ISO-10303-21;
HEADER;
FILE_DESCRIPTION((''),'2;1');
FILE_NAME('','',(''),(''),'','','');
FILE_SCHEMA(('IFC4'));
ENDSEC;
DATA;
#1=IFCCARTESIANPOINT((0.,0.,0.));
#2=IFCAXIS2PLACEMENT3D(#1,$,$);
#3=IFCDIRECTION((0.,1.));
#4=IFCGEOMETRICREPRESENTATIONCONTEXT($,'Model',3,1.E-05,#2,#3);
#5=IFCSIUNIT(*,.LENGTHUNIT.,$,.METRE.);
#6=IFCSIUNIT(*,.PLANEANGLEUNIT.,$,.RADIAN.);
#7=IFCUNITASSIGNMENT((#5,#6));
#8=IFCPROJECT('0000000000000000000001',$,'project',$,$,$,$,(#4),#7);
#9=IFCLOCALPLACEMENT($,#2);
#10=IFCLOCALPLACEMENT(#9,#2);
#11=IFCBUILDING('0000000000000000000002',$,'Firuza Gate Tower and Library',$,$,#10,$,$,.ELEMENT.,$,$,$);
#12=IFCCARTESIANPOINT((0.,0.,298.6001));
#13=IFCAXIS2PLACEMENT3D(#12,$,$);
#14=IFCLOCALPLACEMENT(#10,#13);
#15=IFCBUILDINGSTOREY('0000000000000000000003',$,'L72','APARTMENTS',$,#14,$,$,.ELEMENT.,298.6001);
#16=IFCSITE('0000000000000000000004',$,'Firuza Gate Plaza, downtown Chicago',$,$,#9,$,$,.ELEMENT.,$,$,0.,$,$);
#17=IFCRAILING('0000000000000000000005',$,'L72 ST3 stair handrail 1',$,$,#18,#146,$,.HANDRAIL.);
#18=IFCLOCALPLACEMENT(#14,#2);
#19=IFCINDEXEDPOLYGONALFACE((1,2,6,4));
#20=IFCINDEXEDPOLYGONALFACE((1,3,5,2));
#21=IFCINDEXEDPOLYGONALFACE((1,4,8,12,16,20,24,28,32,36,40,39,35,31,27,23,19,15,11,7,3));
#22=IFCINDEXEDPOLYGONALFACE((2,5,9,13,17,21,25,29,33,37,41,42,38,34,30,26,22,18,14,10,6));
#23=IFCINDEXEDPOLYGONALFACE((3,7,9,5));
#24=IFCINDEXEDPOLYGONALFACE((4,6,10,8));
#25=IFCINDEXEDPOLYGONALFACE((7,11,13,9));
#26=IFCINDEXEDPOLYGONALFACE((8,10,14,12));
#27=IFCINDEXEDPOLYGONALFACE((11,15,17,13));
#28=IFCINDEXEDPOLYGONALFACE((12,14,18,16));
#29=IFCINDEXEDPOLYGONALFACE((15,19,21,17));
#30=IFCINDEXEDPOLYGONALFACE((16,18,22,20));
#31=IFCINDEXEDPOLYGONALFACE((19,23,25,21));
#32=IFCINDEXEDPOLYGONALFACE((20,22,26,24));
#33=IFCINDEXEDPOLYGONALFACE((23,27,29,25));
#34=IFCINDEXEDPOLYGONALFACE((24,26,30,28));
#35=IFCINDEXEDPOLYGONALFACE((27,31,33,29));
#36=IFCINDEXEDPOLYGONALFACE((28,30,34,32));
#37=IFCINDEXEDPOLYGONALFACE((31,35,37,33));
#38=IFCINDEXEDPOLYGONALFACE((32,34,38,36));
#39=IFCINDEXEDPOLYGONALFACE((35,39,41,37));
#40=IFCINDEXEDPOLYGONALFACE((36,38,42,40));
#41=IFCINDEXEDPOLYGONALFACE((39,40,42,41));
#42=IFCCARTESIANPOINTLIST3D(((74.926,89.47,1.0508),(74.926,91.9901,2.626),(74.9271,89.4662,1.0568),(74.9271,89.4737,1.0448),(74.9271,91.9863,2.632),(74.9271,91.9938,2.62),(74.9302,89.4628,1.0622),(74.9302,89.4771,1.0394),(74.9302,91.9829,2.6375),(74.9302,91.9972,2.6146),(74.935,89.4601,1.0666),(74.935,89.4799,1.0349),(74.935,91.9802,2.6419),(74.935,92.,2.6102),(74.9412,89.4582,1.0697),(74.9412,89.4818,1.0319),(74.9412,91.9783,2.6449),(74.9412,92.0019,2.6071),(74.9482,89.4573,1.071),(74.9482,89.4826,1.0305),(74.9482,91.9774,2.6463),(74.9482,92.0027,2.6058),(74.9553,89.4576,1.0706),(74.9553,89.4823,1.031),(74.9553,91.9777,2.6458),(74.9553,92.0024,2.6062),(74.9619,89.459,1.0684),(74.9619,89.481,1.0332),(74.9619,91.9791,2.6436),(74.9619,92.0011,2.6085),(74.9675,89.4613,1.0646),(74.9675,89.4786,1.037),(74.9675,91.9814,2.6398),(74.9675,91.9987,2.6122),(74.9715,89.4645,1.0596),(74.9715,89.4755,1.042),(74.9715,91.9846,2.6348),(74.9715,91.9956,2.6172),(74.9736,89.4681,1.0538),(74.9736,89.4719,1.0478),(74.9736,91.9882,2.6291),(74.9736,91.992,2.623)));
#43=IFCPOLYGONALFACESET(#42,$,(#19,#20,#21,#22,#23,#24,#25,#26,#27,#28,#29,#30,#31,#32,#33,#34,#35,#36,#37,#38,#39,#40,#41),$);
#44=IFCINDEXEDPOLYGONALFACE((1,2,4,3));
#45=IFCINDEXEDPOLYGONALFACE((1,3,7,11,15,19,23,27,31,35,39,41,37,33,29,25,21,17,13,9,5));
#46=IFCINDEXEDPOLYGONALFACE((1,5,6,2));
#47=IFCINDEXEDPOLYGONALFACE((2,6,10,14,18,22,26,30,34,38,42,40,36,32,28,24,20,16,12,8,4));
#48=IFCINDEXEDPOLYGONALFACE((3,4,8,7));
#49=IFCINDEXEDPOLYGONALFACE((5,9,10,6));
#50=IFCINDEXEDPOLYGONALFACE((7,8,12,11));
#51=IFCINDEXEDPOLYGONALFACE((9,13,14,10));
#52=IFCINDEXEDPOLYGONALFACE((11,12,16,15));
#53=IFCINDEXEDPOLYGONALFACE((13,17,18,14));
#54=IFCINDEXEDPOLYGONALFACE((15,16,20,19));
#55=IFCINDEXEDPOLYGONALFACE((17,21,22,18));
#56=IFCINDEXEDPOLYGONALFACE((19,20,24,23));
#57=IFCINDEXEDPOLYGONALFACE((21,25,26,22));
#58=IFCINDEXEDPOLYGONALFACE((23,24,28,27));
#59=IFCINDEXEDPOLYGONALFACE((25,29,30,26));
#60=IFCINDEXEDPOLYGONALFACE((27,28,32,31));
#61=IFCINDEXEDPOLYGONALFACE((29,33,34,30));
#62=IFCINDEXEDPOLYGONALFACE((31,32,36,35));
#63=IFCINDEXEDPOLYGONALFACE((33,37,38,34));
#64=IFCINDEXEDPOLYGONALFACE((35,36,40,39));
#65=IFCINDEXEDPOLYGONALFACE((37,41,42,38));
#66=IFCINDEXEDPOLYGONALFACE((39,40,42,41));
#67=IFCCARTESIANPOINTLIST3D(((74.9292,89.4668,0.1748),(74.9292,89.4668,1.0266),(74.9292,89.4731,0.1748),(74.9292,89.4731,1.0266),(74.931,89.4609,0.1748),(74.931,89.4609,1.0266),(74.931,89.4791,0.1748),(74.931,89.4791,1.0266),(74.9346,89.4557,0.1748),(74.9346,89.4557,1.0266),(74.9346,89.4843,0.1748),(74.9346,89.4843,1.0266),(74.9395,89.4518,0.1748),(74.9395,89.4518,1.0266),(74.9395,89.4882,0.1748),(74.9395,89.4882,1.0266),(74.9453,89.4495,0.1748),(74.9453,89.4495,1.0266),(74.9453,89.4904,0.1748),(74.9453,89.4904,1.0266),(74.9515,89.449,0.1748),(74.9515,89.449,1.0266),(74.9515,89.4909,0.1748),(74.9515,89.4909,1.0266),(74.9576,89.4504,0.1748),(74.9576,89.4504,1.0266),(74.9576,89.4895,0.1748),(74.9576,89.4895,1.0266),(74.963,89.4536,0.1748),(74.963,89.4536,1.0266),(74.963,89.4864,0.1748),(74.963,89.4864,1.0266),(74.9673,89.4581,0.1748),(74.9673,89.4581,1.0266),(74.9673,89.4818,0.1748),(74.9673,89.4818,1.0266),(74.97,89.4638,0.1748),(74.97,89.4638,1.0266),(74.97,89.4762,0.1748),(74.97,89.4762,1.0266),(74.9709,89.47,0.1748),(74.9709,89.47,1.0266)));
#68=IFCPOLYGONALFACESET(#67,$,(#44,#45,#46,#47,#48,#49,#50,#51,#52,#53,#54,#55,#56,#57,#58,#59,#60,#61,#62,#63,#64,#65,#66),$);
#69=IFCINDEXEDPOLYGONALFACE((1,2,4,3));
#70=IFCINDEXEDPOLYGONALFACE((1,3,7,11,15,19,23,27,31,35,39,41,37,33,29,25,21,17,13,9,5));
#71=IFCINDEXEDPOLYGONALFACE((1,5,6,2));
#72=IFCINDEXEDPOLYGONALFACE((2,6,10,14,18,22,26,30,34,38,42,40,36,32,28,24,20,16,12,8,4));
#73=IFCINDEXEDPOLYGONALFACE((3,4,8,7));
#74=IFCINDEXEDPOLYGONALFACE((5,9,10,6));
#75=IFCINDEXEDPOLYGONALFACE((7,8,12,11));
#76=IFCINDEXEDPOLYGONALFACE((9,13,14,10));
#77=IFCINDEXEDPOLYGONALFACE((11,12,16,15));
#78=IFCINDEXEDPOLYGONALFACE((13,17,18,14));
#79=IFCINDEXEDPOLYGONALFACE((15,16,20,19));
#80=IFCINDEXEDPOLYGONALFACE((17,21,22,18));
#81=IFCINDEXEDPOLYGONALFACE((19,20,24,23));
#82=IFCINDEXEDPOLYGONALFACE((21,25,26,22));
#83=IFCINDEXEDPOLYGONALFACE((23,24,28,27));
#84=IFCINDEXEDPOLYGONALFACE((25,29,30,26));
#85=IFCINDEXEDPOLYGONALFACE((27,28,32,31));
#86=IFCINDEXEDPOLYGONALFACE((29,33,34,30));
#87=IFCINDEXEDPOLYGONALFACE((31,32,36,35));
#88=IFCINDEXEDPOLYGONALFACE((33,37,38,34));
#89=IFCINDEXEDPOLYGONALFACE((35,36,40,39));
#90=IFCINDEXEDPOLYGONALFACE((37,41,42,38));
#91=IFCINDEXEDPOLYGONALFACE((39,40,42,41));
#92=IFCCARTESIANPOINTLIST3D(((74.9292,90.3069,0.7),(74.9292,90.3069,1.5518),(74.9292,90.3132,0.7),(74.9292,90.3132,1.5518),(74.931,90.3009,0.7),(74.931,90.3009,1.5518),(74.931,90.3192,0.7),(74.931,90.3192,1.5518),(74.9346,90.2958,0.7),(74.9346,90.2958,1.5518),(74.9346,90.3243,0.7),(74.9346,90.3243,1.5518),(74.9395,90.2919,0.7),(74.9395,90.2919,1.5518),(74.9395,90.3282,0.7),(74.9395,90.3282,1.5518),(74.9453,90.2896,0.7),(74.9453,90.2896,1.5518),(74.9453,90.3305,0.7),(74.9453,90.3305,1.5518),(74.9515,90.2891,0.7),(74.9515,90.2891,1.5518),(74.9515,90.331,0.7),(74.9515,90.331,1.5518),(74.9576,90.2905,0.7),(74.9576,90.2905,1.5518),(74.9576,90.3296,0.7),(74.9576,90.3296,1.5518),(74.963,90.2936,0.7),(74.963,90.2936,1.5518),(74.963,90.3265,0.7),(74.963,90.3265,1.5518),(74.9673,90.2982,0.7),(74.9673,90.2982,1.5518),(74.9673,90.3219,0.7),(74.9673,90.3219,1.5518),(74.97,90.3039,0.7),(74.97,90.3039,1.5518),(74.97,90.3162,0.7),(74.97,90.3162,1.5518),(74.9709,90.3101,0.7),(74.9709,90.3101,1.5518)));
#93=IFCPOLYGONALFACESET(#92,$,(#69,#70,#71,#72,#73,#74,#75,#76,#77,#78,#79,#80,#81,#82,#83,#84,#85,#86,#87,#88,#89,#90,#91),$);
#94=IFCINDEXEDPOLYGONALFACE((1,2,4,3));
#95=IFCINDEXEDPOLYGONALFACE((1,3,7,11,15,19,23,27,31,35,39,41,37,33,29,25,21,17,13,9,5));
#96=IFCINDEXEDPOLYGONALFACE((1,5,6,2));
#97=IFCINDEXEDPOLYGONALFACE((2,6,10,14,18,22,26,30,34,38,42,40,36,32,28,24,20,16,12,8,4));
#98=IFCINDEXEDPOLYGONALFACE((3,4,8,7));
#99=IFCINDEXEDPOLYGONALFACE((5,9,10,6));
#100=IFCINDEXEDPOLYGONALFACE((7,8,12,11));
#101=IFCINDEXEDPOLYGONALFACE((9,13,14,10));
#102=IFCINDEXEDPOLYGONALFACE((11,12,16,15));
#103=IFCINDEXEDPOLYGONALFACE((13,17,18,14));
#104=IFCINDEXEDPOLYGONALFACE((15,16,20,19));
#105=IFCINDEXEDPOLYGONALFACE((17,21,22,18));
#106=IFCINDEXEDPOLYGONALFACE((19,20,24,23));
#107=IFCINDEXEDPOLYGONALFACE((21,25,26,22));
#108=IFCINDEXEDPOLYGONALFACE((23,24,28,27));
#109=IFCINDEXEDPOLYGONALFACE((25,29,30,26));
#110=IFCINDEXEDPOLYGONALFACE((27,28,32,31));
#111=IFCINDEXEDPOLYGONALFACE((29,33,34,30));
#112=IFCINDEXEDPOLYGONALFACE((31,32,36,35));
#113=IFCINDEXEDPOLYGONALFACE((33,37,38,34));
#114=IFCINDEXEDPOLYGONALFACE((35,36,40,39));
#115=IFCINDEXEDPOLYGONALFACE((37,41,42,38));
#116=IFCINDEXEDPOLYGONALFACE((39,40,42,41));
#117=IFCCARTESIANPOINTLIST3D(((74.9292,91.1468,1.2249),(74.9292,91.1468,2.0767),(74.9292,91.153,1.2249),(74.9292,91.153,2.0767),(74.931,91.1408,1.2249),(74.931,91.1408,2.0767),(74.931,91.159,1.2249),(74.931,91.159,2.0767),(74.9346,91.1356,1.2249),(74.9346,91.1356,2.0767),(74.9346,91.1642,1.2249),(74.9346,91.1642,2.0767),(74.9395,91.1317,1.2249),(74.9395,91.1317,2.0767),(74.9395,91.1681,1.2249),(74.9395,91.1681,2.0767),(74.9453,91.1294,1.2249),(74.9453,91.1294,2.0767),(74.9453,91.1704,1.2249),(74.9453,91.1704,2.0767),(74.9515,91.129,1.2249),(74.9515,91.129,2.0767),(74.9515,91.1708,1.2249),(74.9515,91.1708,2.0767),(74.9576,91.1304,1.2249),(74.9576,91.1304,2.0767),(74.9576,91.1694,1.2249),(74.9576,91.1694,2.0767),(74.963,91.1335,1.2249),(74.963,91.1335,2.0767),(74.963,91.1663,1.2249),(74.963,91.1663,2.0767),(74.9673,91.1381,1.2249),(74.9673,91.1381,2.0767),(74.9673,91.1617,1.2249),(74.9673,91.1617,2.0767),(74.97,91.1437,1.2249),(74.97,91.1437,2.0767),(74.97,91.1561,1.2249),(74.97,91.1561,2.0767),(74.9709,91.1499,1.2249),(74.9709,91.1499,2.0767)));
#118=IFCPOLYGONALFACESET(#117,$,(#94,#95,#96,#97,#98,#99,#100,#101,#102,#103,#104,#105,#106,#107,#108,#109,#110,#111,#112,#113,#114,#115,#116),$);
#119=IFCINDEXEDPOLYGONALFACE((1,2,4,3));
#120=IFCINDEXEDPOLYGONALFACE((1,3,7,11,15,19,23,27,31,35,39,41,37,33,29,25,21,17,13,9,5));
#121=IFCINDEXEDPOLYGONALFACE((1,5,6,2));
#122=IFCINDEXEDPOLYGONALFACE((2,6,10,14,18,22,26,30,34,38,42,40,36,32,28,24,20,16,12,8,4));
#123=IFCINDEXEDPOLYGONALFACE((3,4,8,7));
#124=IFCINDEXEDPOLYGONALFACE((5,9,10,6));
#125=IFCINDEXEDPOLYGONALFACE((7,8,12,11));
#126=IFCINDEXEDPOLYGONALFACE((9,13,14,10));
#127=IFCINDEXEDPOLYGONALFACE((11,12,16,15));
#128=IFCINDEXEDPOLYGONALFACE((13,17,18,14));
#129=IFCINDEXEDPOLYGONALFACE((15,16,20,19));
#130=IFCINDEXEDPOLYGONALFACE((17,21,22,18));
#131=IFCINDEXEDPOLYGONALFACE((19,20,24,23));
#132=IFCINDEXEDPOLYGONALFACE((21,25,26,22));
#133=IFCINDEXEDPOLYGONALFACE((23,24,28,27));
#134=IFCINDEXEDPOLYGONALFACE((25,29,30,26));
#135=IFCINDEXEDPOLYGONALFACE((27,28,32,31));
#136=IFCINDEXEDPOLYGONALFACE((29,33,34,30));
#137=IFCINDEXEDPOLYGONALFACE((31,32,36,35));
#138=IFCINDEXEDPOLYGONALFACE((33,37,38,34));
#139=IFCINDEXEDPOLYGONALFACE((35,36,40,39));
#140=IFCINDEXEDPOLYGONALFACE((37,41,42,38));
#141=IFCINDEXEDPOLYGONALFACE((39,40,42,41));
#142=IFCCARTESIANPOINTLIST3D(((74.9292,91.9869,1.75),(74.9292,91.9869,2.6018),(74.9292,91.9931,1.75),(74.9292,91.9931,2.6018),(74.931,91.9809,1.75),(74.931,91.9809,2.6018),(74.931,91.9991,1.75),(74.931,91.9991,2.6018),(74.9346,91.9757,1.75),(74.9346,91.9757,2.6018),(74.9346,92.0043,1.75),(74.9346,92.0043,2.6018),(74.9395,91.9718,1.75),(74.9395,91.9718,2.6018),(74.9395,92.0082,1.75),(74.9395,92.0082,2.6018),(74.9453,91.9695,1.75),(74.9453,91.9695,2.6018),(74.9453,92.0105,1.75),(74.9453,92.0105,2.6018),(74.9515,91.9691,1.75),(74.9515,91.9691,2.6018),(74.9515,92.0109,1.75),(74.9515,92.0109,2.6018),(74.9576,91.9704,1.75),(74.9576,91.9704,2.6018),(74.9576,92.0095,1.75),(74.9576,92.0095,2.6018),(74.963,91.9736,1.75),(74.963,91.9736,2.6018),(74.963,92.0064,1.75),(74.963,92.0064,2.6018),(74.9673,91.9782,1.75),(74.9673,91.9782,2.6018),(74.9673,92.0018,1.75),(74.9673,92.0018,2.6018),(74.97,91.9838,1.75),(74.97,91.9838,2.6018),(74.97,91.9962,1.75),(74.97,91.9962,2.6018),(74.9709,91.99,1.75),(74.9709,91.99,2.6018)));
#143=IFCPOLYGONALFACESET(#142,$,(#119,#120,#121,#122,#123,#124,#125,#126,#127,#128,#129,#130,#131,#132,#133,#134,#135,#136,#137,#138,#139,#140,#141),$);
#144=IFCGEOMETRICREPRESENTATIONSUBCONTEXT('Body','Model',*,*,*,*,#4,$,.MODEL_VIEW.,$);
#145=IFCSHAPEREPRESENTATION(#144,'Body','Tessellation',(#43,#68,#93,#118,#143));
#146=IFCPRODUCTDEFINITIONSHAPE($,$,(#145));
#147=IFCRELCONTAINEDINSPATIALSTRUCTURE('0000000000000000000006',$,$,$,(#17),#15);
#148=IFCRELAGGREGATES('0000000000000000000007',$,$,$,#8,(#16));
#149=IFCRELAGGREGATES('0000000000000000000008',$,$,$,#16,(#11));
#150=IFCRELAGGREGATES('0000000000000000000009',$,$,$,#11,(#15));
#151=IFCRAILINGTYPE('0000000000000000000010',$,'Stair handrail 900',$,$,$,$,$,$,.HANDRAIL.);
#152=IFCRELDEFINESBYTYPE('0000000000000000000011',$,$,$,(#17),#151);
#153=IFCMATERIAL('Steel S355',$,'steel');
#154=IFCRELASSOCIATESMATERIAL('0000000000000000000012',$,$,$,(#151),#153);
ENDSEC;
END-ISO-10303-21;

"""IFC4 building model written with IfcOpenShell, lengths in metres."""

from ifc_helpers import new_model, si_unit, direction, frame, origin, origin_2d, place, context, subcontext, project, spatial, circle, extrude, material, type_object, element, save


model = new_model("IFC4")

# Units and contexts
model_context = context("Model", 3, precision=1e-05, world=origin(), true_north=direction((0.0, 1.0)))
body_context = subcontext(model_context, "Body", "Model", "MODEL_VIEW")
ifc_project = project(units=[si_unit("LENGTHUNIT", "METRE"), si_unit("PLANEANGLEUNIT", "RADIAN")], contexts=[model_context])

# Site, building, storey
site_placement = place(None, origin())
site = spatial("IfcSite", under=ifc_project, at=site_placement, Name="Firuza Gate Plaza, downtown Chicago", CompositionType="ELEMENT", RefElevation=0.0)
building_placement = place(site_placement, origin())
building = spatial("IfcBuilding", under=site, at=building_placement, Name="Firuza Gate Tower and Library", CompositionType="ELEMENT")
storey_placement = place(building_placement, frame((0.0, 0.0, 298.6001)))
storey = spatial("IfcBuildingStorey", under=building, at=storey_placement, Name="L72", Description="APARTMENTS", CompositionType="ELEMENT", Elevation=298.6001)

# Railing
ifc_material_1 = material(Name="Steel S355", Category="steel")
railing_type = type_object("IfcRailingType", Name="Stair handrail 900", PredefinedType="HANDRAIL", material=ifc_material_1)
railing_placement = place(storey_placement, frame((74.95, 89.47, 0.1748)))
element("IfcRailing", 1, at=railing_placement, inside=storey, type_object=railing_type, Name="L72 ST3 stair handrail 1", PredefinedType="HANDRAIL", context=body_context, shape_type="SweptSolid", body=[
    extrude(circle(Radius=0.0239, at=origin_2d()), frame((0.0, 0.0, 0.876), z_axis=(0.0, 0.847971, 0.530043), x_axis=(-1.0, 0.0, 0.0)), (0.0, 0.0, 1.0), 2.9719),
    extrude(circle(Radius=0.021, at=origin_2d()), origin(), (0.0, 0.0, 1.0), 0.8518),
    extrude(circle(Radius=0.021, at=origin_2d()), frame((0.0, 0.8401, 0.5251)), (0.0, 0.0, 1.0), 0.8518),
    extrude(circle(Radius=0.021, at=origin_2d()), frame((0.0, 1.6799, 1.05)), (0.0, 0.0, 1.0), 0.8518),
    extrude(circle(Radius=0.021, at=origin_2d()), frame((0.0, 2.52, 1.5752)), (0.0, 0.0, 1.0), 0.8518),
])

save(model, "model.ifc")
